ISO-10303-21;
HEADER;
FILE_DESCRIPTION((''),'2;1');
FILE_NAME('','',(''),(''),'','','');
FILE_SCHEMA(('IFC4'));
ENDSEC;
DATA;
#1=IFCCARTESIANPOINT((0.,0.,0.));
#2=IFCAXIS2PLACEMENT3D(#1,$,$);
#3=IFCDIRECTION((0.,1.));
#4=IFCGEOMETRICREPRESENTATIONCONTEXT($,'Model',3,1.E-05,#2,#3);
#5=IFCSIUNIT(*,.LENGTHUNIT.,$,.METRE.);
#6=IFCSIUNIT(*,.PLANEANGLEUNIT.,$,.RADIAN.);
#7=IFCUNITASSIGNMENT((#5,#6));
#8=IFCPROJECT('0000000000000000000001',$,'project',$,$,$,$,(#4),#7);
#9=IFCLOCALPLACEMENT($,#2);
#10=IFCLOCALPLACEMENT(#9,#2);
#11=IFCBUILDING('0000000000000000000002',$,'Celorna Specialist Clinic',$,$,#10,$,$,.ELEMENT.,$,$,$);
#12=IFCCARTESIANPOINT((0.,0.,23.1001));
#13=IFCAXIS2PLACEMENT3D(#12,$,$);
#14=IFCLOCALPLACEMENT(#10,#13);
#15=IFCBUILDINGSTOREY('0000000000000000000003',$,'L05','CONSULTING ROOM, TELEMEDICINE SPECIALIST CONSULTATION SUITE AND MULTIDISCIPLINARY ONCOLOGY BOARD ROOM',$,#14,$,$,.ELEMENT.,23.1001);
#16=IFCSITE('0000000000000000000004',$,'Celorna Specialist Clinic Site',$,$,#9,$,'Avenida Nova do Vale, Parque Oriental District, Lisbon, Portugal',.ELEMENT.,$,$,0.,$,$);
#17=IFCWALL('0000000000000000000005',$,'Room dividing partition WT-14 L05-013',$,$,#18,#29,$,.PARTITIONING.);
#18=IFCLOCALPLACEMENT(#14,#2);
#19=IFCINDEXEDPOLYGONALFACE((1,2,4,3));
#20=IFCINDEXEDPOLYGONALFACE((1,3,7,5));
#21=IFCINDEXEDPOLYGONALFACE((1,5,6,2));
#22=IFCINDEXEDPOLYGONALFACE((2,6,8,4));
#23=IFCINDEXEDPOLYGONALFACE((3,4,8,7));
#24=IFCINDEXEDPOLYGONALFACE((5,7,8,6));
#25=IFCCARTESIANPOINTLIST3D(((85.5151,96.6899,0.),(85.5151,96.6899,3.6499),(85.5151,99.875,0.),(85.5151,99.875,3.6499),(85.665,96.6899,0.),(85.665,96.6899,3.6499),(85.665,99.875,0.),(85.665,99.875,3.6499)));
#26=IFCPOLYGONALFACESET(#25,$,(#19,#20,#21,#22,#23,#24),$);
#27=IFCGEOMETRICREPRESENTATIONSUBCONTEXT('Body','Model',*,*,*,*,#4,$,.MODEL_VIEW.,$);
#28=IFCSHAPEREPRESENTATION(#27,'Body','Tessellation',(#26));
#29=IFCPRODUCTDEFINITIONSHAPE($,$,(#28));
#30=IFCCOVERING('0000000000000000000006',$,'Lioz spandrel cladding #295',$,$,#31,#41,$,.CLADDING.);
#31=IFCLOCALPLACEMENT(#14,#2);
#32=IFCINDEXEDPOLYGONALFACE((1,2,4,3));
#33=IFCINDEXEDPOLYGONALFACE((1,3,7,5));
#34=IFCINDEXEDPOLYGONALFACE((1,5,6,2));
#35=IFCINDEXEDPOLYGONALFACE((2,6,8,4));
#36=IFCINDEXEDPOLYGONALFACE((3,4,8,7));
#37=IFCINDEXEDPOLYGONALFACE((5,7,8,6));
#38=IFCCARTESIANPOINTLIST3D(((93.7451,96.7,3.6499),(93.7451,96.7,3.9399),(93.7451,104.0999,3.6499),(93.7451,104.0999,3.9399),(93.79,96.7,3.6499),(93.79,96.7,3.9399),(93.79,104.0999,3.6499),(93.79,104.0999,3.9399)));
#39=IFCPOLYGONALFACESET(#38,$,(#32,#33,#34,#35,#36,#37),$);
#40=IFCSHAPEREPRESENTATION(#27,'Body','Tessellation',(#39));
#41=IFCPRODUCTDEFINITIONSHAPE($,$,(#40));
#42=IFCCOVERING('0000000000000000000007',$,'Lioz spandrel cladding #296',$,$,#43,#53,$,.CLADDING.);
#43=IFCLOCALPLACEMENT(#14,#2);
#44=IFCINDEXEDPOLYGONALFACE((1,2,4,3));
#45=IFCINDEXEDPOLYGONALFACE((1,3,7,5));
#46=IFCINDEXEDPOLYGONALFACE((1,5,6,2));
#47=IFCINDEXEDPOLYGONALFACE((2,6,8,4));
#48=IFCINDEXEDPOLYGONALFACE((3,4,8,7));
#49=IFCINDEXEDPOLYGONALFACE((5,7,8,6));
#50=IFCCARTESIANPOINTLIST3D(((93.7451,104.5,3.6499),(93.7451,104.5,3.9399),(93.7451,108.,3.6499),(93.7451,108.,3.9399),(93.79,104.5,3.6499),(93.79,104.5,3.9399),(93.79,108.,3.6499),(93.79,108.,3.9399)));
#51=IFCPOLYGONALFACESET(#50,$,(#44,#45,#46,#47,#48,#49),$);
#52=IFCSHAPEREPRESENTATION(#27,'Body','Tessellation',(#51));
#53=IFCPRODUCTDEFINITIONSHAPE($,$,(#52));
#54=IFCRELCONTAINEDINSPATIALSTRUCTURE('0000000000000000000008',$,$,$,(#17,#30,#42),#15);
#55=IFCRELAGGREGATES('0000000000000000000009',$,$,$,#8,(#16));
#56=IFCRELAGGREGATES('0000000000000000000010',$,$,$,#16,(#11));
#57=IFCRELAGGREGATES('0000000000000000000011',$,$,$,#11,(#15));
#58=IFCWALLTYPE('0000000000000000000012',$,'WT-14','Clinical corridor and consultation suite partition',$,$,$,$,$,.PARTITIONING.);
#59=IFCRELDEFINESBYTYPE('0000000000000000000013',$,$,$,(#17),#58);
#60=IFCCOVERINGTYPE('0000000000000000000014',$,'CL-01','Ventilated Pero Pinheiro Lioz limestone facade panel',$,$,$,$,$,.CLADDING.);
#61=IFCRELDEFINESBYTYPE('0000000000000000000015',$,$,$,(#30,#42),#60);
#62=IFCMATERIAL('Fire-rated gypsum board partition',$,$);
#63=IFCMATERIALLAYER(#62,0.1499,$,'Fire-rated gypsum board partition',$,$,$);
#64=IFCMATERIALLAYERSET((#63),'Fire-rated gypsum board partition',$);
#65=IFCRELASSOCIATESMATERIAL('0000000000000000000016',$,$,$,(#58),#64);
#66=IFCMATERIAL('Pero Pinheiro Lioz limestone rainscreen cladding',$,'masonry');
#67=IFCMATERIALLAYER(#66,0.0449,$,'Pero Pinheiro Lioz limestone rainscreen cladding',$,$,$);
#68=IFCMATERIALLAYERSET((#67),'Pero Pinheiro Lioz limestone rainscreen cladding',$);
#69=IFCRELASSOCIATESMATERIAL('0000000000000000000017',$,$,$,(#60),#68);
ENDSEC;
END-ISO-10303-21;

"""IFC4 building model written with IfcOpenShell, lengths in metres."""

from ifc_helpers import new_model, si_unit, direction, frame, frame_2d, origin, origin_2d, place, context, subcontext, project, spatial, rectangle, extrude, material, layer, layer_set, type_object, element, save


model = new_model("IFC4")

# Units and contexts
model_context = context("Model", 3, precision=1e-05, world=origin(), true_north=direction((0.0, 1.0)))
body_context = subcontext(model_context, "Body", "Model", "MODEL_VIEW")
ifc_project = project(units=[si_unit("LENGTHUNIT", "METRE"), si_unit("PLANEANGLEUNIT", "RADIAN")], contexts=[model_context])

# Site, building, storey
site_placement = place(None, origin())
site = spatial("IfcSite", under=ifc_project, at=site_placement, Name="Celorna Specialist Clinic Site", LongName="Avenida Nova do Vale, Parque Oriental District, Lisbon, Portugal", CompositionType="ELEMENT", RefElevation=0.0)
building_placement = place(site_placement, origin())
building = spatial("IfcBuilding", under=site, at=building_placement, Name="Celorna Specialist Clinic", CompositionType="ELEMENT")
storey_placement = place(building_placement, frame((0.0, 0.0, 23.1001)))
storey = spatial("IfcBuildingStorey", under=building, at=storey_placement, Name="L05", Description="CONSULTING ROOM, TELEMEDICINE SPECIALIST CONSULTATION SUITE AND MULTIDISCIPLINARY ONCOLOGY BOARD ROOM", CompositionType="ELEMENT", Elevation=23.1001)

# Shared definitions
ifc_material_1 = material(Name="Fire-rated gypsum board partition")
ifc_layer_1 = layer(ifc_material_1, 0.1499, Name="Fire-rated gypsum board partition")
ifc_layer_set_1 = layer_set([ifc_layer_1], Name="Fire-rated gypsum board partition")
wall_type_1 = type_object("IfcWallType", Name="WT-14", Description="Clinical corridor and consultation suite partition", PredefinedType="PARTITIONING", material=ifc_layer_set_1)

# Wall
wall_1_placement = place(storey_placement, frame((85.5901, 96.6899, 0.0), z_axis=(0.0, 0.0, 1.0), x_axis=(0.0, 1.0, 0.0)))
element("IfcWall", 1, at=wall_1_placement, inside=storey, type_object=wall_type_1, Name="Room dividing partition WT-14 L05-013", PredefinedType="PARTITIONING", context=body_context, shape_type="SweptSolid", body=[
    extrude(rectangle(XDim=3.1851, YDim=0.1499, at=frame_2d((1.5925, 0.0))), origin(), (0.0, 0.0, 1.0), 3.6499),
])

# Coverings
ifc_material_2 = material(Name="Pero Pinheiro Lioz limestone rainscreen cladding", Category="masonry")
ifc_layer_2 = layer(ifc_material_2, 0.0449, Name="Pero Pinheiro Lioz limestone rainscreen cladding")
ifc_layer_set_2 = layer_set([ifc_layer_2], Name="Pero Pinheiro Lioz limestone rainscreen cladding")
covering_type = type_object("IfcCoveringType", Name="CL-01", Description="Ventilated Pero Pinheiro Lioz limestone facade panel", PredefinedType="CLADDING", material=ifc_layer_set_2)
covering_1_placement = place(storey_placement, frame((93.7676, 100.3999, 3.6499), z_axis=(0.0, 0.0, 1.0), x_axis=(0.0, -1.0, 0.0)))
element("IfcCovering", 2, at=covering_1_placement, inside=storey, type_object=covering_type, Name="Lioz spandrel cladding #295", PredefinedType="CLADDING", context=body_context, shape_type="SweptSolid", body=[
    extrude(rectangle(XDim=7.3999, YDim=0.0449, at=origin_2d()), origin(), (0.0, 0.0, 1.0), 0.29),
])
covering_2_placement = place(storey_placement, frame((93.7676, 106.25, 3.6499), z_axis=(0.0, 0.0, 1.0), x_axis=(0.0, -1.0, 0.0)))
element("IfcCovering", 3, at=covering_2_placement, inside=storey, type_object=covering_type, Name="Lioz spandrel cladding #296", PredefinedType="CLADDING", context=body_context, shape_type="SweptSolid", body=[
    extrude(rectangle(XDim=3.5, YDim=0.0449, at=origin_2d()), origin(), (0.0, 0.0, 1.0), 0.29),
])

save(model, "model.ifc")
